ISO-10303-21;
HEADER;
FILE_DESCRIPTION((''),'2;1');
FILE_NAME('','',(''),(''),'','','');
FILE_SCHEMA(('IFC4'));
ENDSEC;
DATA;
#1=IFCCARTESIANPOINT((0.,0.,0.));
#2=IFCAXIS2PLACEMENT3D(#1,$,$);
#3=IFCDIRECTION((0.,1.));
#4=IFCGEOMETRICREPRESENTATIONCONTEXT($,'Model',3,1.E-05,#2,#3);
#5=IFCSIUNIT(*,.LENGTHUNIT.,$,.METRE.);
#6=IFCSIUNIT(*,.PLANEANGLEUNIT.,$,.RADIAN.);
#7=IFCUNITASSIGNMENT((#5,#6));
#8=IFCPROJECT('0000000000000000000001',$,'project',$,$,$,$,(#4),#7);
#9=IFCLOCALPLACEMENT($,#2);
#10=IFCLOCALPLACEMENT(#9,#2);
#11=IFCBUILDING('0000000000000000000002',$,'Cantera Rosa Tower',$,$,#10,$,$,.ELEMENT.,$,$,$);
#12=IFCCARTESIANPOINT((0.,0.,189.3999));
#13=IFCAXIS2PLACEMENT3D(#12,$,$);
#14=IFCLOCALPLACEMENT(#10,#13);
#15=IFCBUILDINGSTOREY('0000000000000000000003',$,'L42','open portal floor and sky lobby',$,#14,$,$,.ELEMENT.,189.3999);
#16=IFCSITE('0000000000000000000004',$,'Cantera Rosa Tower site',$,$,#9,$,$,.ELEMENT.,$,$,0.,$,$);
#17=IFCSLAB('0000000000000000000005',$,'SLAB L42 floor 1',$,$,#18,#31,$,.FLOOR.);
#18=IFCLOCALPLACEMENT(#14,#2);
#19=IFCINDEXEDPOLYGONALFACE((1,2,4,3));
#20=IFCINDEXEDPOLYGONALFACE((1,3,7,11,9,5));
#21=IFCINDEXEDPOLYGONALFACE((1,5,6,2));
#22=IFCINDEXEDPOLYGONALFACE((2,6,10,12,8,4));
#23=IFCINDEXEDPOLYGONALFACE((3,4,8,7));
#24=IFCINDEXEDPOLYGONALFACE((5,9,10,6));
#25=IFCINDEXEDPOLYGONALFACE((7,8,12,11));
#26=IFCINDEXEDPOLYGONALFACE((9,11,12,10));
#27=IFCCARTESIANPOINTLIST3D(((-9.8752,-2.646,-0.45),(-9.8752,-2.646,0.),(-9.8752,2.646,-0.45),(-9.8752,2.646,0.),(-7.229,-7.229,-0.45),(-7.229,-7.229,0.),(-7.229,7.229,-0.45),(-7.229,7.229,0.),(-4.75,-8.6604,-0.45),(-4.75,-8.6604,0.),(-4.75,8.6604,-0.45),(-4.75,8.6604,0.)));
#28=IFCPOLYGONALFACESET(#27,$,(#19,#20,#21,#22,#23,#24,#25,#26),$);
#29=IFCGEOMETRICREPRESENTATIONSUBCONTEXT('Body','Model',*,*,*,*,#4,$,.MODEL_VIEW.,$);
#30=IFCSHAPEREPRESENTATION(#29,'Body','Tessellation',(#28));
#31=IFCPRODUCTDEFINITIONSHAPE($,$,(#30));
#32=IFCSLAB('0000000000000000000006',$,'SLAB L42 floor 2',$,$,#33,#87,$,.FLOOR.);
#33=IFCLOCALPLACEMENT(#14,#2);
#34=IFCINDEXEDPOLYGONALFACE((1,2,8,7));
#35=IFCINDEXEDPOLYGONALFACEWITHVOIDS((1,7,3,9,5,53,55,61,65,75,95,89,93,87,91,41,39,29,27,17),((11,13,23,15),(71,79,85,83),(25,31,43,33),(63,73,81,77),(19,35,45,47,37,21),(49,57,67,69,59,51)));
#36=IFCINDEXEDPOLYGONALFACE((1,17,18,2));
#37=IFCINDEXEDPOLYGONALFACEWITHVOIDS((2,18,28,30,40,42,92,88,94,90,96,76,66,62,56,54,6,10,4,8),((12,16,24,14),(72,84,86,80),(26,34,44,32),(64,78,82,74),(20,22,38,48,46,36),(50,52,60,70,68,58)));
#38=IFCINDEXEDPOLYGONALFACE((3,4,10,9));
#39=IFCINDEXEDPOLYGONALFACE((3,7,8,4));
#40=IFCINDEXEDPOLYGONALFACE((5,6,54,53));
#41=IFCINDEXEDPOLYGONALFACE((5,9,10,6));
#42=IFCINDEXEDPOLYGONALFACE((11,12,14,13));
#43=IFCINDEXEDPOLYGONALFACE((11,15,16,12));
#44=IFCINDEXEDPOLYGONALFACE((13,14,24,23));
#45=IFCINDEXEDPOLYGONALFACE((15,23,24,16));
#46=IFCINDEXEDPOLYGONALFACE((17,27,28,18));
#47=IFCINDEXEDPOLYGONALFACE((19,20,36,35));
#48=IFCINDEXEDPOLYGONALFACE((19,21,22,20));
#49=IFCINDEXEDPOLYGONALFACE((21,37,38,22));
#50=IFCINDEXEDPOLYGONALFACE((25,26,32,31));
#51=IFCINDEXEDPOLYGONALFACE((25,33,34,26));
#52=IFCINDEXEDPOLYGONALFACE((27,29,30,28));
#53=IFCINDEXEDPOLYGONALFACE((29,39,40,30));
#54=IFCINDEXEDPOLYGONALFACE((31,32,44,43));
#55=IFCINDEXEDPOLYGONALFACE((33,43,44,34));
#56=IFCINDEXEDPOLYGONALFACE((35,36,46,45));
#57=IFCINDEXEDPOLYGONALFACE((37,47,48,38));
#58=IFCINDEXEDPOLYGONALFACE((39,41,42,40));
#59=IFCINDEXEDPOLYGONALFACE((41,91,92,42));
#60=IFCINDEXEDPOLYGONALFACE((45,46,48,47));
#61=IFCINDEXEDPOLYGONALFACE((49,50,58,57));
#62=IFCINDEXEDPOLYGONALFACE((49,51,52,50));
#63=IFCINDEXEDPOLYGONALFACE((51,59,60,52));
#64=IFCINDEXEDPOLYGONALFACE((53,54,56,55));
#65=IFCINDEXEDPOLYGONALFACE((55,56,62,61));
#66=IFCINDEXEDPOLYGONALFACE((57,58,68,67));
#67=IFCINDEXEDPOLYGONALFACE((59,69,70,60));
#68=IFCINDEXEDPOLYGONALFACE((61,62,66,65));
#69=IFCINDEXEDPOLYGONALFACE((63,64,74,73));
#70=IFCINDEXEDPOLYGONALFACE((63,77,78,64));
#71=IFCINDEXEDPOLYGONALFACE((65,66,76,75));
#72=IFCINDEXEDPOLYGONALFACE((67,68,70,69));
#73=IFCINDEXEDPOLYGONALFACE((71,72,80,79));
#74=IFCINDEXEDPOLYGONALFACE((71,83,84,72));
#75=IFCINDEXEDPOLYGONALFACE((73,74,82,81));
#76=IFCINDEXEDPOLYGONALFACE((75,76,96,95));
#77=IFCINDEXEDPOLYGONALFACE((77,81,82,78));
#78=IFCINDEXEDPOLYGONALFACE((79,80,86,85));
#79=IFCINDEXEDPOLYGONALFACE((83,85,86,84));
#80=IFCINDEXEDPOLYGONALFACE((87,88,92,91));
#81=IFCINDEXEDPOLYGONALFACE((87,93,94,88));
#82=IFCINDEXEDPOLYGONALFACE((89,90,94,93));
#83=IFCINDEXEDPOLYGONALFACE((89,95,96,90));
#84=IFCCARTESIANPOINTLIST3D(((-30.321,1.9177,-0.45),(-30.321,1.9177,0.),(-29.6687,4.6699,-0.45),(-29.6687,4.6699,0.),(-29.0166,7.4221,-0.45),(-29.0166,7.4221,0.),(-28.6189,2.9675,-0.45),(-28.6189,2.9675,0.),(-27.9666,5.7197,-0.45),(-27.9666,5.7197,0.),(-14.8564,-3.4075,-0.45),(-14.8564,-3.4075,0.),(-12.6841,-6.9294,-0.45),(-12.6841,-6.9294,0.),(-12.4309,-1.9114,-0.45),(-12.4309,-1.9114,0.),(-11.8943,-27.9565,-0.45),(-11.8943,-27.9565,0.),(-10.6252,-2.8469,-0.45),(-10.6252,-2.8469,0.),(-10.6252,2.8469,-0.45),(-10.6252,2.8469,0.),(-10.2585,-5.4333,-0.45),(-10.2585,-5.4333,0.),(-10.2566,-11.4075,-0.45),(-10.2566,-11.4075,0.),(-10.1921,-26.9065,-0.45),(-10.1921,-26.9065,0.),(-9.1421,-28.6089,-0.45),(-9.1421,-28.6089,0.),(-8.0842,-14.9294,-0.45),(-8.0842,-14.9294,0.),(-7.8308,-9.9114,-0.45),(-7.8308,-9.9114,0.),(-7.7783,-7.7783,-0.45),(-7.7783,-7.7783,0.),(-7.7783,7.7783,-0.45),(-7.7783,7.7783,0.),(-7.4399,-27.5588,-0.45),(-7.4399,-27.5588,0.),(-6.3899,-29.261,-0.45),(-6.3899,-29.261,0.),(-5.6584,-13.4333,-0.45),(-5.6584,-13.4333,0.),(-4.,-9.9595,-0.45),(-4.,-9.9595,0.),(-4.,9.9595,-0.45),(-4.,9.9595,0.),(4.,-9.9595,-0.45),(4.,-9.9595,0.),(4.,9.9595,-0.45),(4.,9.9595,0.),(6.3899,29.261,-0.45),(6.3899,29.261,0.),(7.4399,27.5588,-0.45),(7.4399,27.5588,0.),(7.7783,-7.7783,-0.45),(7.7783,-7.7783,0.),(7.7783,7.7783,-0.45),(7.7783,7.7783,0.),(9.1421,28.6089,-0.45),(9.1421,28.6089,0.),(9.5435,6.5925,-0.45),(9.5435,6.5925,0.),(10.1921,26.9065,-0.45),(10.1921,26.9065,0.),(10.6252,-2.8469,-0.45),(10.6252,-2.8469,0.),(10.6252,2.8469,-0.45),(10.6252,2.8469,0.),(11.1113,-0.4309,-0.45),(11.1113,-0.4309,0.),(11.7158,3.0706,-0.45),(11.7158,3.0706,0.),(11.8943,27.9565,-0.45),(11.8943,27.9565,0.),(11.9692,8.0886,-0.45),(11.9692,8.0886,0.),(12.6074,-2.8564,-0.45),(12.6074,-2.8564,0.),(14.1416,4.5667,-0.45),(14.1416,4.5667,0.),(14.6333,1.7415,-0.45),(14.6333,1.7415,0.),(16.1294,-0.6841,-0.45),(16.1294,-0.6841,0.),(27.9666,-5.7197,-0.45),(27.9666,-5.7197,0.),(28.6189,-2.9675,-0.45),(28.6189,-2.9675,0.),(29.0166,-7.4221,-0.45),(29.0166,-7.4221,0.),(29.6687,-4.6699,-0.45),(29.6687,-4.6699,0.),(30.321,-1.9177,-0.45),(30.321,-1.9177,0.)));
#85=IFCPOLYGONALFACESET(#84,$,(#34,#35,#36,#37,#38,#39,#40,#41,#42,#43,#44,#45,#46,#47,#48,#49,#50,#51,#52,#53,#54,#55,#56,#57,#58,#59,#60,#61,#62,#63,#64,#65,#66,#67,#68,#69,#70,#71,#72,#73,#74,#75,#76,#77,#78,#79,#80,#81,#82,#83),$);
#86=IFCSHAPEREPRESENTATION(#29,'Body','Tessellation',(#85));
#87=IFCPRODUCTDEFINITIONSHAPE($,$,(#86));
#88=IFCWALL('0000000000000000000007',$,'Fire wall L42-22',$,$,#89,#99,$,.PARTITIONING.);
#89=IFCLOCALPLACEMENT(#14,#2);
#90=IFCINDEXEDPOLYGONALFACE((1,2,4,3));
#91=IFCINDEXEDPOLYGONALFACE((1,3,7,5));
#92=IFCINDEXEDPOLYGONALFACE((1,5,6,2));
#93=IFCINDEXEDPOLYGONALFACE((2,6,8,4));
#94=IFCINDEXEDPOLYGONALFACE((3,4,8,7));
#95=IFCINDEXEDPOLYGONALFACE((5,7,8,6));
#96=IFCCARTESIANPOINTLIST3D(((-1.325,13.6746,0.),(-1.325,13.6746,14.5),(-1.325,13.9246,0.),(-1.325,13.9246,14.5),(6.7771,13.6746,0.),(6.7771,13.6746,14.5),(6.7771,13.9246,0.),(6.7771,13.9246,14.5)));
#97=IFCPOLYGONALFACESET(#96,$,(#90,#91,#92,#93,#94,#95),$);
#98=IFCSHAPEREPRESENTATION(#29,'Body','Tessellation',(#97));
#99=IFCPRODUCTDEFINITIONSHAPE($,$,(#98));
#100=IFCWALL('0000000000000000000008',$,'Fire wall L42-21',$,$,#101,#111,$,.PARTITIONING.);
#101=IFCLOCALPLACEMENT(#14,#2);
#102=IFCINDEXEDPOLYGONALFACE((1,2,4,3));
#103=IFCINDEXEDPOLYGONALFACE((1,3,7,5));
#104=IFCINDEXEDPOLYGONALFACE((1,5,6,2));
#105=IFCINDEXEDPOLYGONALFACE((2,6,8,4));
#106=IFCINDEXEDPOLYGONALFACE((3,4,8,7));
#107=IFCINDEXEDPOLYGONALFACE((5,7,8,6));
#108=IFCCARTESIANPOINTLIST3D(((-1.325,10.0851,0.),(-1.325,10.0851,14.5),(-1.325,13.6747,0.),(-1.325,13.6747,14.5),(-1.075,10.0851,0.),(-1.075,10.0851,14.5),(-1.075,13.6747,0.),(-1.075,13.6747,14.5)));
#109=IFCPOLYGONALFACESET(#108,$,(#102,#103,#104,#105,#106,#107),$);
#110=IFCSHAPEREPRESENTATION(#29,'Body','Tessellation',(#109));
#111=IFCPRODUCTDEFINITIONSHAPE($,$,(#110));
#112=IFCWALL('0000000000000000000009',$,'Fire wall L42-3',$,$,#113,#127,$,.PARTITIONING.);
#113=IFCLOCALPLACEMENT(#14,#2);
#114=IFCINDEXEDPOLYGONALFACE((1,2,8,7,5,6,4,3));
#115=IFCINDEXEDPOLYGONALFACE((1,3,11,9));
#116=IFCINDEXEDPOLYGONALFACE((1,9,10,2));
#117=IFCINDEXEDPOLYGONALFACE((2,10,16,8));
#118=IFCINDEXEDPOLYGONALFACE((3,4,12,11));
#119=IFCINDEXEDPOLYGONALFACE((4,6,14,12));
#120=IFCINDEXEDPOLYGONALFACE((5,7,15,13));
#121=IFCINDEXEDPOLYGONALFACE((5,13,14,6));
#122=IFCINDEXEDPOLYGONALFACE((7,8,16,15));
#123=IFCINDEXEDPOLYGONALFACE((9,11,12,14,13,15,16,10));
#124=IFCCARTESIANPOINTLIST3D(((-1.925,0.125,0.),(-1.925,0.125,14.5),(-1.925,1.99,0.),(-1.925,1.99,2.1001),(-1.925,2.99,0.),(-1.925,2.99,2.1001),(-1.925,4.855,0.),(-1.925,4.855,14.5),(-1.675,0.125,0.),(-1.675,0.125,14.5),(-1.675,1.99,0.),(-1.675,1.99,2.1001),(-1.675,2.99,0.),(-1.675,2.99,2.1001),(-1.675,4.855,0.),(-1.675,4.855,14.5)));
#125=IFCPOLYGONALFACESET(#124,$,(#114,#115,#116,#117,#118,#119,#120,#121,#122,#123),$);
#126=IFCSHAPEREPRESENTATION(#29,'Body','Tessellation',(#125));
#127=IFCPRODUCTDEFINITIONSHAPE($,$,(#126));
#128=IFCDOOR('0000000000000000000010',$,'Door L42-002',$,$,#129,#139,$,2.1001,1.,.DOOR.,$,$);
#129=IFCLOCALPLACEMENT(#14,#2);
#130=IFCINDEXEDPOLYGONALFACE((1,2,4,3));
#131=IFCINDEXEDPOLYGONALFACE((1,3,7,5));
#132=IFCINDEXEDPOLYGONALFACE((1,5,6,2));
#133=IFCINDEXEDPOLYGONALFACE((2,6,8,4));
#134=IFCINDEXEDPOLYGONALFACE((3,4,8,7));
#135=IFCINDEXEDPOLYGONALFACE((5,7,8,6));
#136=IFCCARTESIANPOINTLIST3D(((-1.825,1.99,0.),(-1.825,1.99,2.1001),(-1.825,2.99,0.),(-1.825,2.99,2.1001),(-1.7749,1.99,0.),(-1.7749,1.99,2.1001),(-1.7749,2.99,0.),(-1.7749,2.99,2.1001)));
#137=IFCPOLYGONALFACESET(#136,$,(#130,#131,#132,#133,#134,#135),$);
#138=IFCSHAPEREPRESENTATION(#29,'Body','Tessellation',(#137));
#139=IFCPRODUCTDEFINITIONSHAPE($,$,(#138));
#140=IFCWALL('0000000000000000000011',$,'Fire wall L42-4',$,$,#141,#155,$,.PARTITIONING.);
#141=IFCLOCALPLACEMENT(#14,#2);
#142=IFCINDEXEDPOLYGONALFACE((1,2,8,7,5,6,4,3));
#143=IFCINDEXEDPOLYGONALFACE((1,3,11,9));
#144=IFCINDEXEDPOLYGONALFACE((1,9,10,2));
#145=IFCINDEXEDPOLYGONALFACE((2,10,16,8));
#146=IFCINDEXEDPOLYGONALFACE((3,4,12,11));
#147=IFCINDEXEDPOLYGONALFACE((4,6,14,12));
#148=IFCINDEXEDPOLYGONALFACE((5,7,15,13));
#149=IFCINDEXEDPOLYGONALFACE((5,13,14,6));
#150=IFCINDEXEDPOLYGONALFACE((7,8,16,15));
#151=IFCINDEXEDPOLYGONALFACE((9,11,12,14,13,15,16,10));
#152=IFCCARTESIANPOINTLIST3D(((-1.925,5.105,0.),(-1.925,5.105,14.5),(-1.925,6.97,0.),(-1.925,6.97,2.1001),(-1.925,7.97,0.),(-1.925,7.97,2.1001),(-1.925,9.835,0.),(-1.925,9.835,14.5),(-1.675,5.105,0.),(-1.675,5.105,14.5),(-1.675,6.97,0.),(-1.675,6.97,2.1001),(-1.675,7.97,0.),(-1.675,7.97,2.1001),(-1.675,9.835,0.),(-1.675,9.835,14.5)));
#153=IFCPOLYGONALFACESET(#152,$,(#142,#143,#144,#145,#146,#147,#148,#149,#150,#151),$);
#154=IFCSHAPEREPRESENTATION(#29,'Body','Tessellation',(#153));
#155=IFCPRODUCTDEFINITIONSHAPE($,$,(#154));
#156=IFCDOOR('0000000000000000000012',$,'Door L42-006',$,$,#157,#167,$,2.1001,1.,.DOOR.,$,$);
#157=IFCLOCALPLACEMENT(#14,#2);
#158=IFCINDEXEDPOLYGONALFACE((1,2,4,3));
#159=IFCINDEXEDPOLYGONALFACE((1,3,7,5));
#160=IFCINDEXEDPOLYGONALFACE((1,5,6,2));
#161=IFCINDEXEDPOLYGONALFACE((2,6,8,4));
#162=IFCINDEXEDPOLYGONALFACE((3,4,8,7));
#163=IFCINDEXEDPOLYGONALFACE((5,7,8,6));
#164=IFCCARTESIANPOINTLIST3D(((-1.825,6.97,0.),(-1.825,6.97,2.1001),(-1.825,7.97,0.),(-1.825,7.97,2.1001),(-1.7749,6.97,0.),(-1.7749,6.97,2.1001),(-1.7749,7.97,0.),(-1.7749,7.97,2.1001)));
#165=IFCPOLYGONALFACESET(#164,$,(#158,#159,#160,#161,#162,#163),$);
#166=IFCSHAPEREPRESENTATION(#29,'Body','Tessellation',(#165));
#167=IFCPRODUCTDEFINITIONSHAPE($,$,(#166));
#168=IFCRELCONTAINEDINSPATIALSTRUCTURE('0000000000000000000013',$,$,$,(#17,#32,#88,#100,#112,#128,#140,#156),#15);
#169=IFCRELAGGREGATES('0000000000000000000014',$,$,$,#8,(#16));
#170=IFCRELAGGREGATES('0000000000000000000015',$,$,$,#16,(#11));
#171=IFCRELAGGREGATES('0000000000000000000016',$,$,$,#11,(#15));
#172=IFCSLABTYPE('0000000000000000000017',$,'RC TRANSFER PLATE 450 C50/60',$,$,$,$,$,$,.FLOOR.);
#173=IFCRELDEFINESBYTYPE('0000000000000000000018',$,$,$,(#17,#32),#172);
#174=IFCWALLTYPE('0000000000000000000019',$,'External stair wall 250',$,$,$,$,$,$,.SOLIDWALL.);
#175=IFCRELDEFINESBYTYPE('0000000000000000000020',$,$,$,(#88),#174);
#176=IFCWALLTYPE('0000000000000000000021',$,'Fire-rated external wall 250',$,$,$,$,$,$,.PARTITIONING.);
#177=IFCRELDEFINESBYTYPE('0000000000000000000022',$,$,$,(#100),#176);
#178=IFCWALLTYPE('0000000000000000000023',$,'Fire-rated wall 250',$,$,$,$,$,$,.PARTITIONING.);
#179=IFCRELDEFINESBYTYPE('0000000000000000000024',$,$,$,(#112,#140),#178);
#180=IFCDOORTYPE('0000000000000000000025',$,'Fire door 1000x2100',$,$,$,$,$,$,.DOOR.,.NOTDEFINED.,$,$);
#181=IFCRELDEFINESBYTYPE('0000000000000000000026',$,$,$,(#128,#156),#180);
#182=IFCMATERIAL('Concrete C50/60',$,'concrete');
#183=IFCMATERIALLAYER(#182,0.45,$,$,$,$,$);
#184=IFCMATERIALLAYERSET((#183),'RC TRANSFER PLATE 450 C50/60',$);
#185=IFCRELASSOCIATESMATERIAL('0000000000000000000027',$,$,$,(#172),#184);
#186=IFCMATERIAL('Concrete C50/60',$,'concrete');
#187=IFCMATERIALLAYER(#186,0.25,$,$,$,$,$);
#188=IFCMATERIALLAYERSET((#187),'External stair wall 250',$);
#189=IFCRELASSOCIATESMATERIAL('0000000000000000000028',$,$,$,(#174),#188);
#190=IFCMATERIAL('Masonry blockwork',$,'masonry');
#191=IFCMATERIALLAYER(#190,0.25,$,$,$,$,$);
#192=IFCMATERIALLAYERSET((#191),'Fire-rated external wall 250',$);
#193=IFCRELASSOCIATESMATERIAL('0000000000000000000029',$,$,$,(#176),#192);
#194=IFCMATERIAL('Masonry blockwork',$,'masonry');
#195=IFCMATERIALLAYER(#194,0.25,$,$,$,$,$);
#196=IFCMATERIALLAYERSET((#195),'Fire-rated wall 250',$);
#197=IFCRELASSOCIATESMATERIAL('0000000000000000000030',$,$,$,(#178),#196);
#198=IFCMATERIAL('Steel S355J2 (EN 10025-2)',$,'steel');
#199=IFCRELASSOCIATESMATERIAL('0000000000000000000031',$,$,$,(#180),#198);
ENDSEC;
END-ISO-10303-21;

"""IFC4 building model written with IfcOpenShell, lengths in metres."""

from ifc_helpers import new_model, si_unit, direction, frame, frame_2d, origin, place, context, subcontext, project, spatial, polyline, rectangle, outline, extrude, material, layer, layer_set, type_object, element, fill, save


model = new_model("IFC4")

# Units and contexts
model_context = context("Model", 3, precision=1e-05, world=origin(), true_north=direction((0.0, 1.0)))
body_context = subcontext(model_context, "Body", "Model", "MODEL_VIEW")
ifc_project = project(units=[si_unit("LENGTHUNIT", "METRE"), si_unit("PLANEANGLEUNIT", "RADIAN")], contexts=[model_context])

# Site, building, storey
site_placement = place(None, origin())
site = spatial("IfcSite", under=ifc_project, at=site_placement, Name="Cantera Rosa Tower site", CompositionType="ELEMENT", RefElevation=0.0)
building_placement = place(site_placement, origin())
building = spatial("IfcBuilding", under=site, at=building_placement, Name="Cantera Rosa Tower", CompositionType="ELEMENT")
storey_placement = place(building_placement, frame((0.0, 0.0, 189.3999)))
storey = spatial("IfcBuildingStorey", under=building, at=storey_placement, Name="L42", Description="open portal floor and sky lobby", CompositionType="ELEMENT", Elevation=189.3999)

# Slabs
ifc_material_1 = material(Name="Concrete C50/60", Category="concrete")
ifc_layer_1 = layer(ifc_material_1, 0.45)
ifc_layer_set_1 = layer_set([ifc_layer_1], Name="RC TRANSFER PLATE 450 C50/60")
slab_type = type_object("IfcSlabType", Name="RC TRANSFER PLATE 450 C50/60", PredefinedType="FLOOR", material=ifc_layer_set_1)
slab_1_placement = place(storey_placement, frame((0.0, 0.0, -0.45)))
element("IfcSlab", 1, at=slab_1_placement, inside=storey, type_object=slab_type, Name="SLAB L42 floor 1", PredefinedType="FLOOR", context=body_context, shape_type="SweptSolid", body=[
    extrude(outline(polyline([(-4.75, 8.6604), (-4.75, -8.6604), (-7.229, -7.229), (-9.8752, -2.646), (-9.8752, 2.646), (-7.229, 7.229), (-4.75, 8.6604)])), origin(), (0.0, 0.0, 1.0), 0.45),
])
slab_2_placement = place(storey_placement, frame((0.0, 0.0, -0.45)))
element("IfcSlab", 2, at=slab_2_placement, inside=storey, type_object=slab_type, Name="SLAB L42 floor 2", PredefinedType="FLOOR", context=body_context, shape_type="SweptSolid", body=[
    extrude(outline(polyline([(29.6687, -4.6699), (27.9666, -5.7197), (29.0166, -7.4221), (-6.3899, -29.261), (-7.4399, -27.5588), (-9.1421, -28.6089), (-10.1921, -26.9065), (-11.8943, -27.9565), (-30.321, 1.9177), (-28.6189, 2.9675), (-29.6687, 4.6699), (-27.9666, 5.7197), (-29.0166, 7.4221), (6.3899, 29.261), (7.4399, 27.5588), (9.1421, 28.6089), (10.1921, 26.9065), (11.8943, 27.9565), (30.321, -1.9177), (28.6189, -2.9675), (29.6687, -4.6699)]), holes=[polyline([(-10.2566, -11.4075), (-8.0842, -14.9294), (-5.6584, -13.4333), (-7.8308, -9.9114), (-10.2566, -11.4075)]), polyline([(-12.4309, -1.9114), (-14.8564, -3.4075), (-12.6841, -6.9294), (-10.2585, -5.4333), (-12.4309, -1.9114)]), polyline([(11.1113, -0.4309), (12.6074, -2.8564), (16.1294, -0.6841), (14.6333, 1.7415), (11.1113, -0.4309)]), polyline([(10.6252, 2.8469), (7.7783, 7.7783), (4.0, 9.9595), (4.0, -9.9595), (7.7783, -7.7783), (10.6252, -2.8469), (10.6252, 2.8469)]), polyline([(-10.6252, 2.8469), (-10.6252, -2.8469), (-7.7783, -7.7783), (-4.0, -9.9595), (-4.0, 9.9595), (-7.7783, 7.7783), (-10.6252, 2.8469)]), polyline([(11.9692, 8.0886), (9.5435, 6.5925), (11.7158, 3.0706), (14.1416, 4.5667), (11.9692, 8.0886)])]), origin(), (0.0, 0.0, 1.0), 0.45),
])

# Walls
ifc_material_2 = material(Name="Concrete C50/60", Category="concrete")
ifc_layer_2 = layer(ifc_material_2, 0.25)
ifc_layer_set_2 = layer_set([ifc_layer_2], Name="External stair wall 250")
wall_type_1 = type_object("IfcWallType", Name="External stair wall 250", PredefinedType="SOLIDWALL", material=ifc_layer_set_2)
wall_1_placement = place(storey_placement, frame((-1.325, 13.7996, 0.0), z_axis=(0.0, 0.0, 1.0), x_axis=(1.0, 0.0, 0.0)))
element("IfcWall", 3, at=wall_1_placement, inside=storey, type_object=wall_type_1, Name="Fire wall L42-22", PredefinedType="PARTITIONING", context=body_context, shape_type="SweptSolid", body=[
    extrude(rectangle(XDim=8.1021, YDim=0.25, at=frame_2d((4.051, 0.0))), origin(), (0.0, 0.0, 1.0), 14.5),
])
ifc_material_3 = material(Name="Masonry blockwork", Category="masonry")
ifc_layer_3 = layer(ifc_material_3, 0.25)
ifc_layer_set_3 = layer_set([ifc_layer_3], Name="Fire-rated external wall 250")
wall_type_2 = type_object("IfcWallType", Name="Fire-rated external wall 250", PredefinedType="PARTITIONING", material=ifc_layer_set_3)
wall_2_placement = place(storey_placement, frame((-1.2, 10.085, 0.0), z_axis=(0.0, 0.0, 1.0), x_axis=(0.0, 1.0, 0.0)))
element("IfcWall", 4, at=wall_2_placement, inside=storey, type_object=wall_type_2, Name="Fire wall L42-21", PredefinedType="PARTITIONING", context=body_context, shape_type="SweptSolid", body=[
    extrude(rectangle(XDim=3.5896, YDim=0.25, at=frame_2d((1.7949, 0.0))), origin(), (0.0, 0.0, 1.0), 14.5),
])

# Walls, openings, doors
ifc_material_4 = material(Name="Masonry blockwork", Category="masonry")
ifc_layer_4 = layer(ifc_material_4, 0.25)
ifc_layer_set_4 = layer_set([ifc_layer_4], Name="Fire-rated wall 250")
wall_type_3 = type_object("IfcWallType", Name="Fire-rated wall 250", PredefinedType="PARTITIONING", material=ifc_layer_set_4)
wall_3_placement = place(storey_placement, frame((-1.8, 0.125, 0.0), z_axis=(0.0, 0.0, 1.0), x_axis=(0.0, 1.0, 0.0)))
wall_3 = element("IfcWall", 5, at=wall_3_placement, inside=storey, type_object=wall_type_3, Name="Fire wall L42-3", PredefinedType="PARTITIONING", context=body_context, shape_type="SweptSolid", body=[
    extrude(rectangle(XDim=4.73, YDim=0.25, at=frame_2d((2.365, 0.0))), origin(), (0.0, 0.0, 1.0), 14.5),
])
opening_1_placement = place(wall_3_placement, frame((1.865, 0.0, 0.0)))
opening_1 = element("IfcOpeningElement", 6, at=opening_1_placement, cuts=wall_3, PredefinedType="OPENING", context=body_context, shape_type="SweptSolid", body=[
    extrude(rectangle(XDim=1.0, YDim=2.1001, at=frame_2d((0.5, 1.05))), frame((0.0, 0.135, 0.0), z_axis=(0.0, -1.0, 0.0), x_axis=(1.0, 0.0, 0.0)), (0.0, 0.0, 1.0), 0.27),
])
ifc_material_5 = material(Name="Steel S355J2 (EN 10025-2)", Category="steel")
door_type_1 = type_object("IfcDoorType", Name="Fire door 1000x2100", OperationType="NOTDEFINED", PredefinedType="DOOR", material=ifc_material_5)
door_1_placement = place(opening_1_placement, origin())
door_1 = element("IfcDoor", 7, at=door_1_placement, inside=storey, type_object=door_type_1, Name="Door L42-002", OverallHeight=2.1001, OverallWidth=1.0, PredefinedType="DOOR", context=body_context, shape_type="SweptSolid", body=[
    extrude(rectangle(XDim=1.0, YDim=2.1001, at=frame_2d((0.5, 1.05))), frame((0.0, 0.0249, 0.0), z_axis=(0.0, -1.0, 0.0), x_axis=(1.0, 0.0, 0.0)), (0.0, 0.0, 1.0), 0.05),
])
fill(opening_1, door_1)
wall_4_placement = place(storey_placement, frame((-1.8, 5.105, 0.0), z_axis=(0.0, 0.0, 1.0), x_axis=(0.0, 1.0, 0.0)))
wall_4 = element("IfcWall", 8, at=wall_4_placement, inside=storey, type_object=wall_type_3, Name="Fire wall L42-4", PredefinedType="PARTITIONING", context=body_context, shape_type="SweptSolid", body=[
    extrude(rectangle(XDim=4.73, YDim=0.25, at=frame_2d((2.365, 0.0))), origin(), (0.0, 0.0, 1.0), 14.5),
])
opening_2_placement = place(wall_4_placement, frame((1.865, 0.0, 0.0)))
opening_2 = element("IfcOpeningElement", 9, at=opening_2_placement, cuts=wall_4, PredefinedType="OPENING", context=body_context, shape_type="SweptSolid", body=[
    extrude(rectangle(XDim=1.0, YDim=2.1001, at=frame_2d((0.5, 1.05))), frame((0.0, 0.135, 0.0), z_axis=(0.0, -1.0, 0.0), x_axis=(1.0, 0.0, 0.0)), (0.0, 0.0, 1.0), 0.27),
])
door_2_placement = place(opening_2_placement, origin())
door_2 = element("IfcDoor", 10, at=door_2_placement, inside=storey, type_object=door_type_1, Name="Door L42-006", OverallHeight=2.1001, OverallWidth=1.0, PredefinedType="DOOR", context=body_context, shape_type="SweptSolid", body=[
    extrude(rectangle(XDim=1.0, YDim=2.1001, at=frame_2d((0.5, 1.05))), frame((0.0, 0.0249, 0.0), z_axis=(0.0, -1.0, 0.0), x_axis=(1.0, 0.0, 0.0)), (0.0, 0.0, 1.0), 0.05),
])
fill(opening_2, door_2)

save(model, "model.ifc")
